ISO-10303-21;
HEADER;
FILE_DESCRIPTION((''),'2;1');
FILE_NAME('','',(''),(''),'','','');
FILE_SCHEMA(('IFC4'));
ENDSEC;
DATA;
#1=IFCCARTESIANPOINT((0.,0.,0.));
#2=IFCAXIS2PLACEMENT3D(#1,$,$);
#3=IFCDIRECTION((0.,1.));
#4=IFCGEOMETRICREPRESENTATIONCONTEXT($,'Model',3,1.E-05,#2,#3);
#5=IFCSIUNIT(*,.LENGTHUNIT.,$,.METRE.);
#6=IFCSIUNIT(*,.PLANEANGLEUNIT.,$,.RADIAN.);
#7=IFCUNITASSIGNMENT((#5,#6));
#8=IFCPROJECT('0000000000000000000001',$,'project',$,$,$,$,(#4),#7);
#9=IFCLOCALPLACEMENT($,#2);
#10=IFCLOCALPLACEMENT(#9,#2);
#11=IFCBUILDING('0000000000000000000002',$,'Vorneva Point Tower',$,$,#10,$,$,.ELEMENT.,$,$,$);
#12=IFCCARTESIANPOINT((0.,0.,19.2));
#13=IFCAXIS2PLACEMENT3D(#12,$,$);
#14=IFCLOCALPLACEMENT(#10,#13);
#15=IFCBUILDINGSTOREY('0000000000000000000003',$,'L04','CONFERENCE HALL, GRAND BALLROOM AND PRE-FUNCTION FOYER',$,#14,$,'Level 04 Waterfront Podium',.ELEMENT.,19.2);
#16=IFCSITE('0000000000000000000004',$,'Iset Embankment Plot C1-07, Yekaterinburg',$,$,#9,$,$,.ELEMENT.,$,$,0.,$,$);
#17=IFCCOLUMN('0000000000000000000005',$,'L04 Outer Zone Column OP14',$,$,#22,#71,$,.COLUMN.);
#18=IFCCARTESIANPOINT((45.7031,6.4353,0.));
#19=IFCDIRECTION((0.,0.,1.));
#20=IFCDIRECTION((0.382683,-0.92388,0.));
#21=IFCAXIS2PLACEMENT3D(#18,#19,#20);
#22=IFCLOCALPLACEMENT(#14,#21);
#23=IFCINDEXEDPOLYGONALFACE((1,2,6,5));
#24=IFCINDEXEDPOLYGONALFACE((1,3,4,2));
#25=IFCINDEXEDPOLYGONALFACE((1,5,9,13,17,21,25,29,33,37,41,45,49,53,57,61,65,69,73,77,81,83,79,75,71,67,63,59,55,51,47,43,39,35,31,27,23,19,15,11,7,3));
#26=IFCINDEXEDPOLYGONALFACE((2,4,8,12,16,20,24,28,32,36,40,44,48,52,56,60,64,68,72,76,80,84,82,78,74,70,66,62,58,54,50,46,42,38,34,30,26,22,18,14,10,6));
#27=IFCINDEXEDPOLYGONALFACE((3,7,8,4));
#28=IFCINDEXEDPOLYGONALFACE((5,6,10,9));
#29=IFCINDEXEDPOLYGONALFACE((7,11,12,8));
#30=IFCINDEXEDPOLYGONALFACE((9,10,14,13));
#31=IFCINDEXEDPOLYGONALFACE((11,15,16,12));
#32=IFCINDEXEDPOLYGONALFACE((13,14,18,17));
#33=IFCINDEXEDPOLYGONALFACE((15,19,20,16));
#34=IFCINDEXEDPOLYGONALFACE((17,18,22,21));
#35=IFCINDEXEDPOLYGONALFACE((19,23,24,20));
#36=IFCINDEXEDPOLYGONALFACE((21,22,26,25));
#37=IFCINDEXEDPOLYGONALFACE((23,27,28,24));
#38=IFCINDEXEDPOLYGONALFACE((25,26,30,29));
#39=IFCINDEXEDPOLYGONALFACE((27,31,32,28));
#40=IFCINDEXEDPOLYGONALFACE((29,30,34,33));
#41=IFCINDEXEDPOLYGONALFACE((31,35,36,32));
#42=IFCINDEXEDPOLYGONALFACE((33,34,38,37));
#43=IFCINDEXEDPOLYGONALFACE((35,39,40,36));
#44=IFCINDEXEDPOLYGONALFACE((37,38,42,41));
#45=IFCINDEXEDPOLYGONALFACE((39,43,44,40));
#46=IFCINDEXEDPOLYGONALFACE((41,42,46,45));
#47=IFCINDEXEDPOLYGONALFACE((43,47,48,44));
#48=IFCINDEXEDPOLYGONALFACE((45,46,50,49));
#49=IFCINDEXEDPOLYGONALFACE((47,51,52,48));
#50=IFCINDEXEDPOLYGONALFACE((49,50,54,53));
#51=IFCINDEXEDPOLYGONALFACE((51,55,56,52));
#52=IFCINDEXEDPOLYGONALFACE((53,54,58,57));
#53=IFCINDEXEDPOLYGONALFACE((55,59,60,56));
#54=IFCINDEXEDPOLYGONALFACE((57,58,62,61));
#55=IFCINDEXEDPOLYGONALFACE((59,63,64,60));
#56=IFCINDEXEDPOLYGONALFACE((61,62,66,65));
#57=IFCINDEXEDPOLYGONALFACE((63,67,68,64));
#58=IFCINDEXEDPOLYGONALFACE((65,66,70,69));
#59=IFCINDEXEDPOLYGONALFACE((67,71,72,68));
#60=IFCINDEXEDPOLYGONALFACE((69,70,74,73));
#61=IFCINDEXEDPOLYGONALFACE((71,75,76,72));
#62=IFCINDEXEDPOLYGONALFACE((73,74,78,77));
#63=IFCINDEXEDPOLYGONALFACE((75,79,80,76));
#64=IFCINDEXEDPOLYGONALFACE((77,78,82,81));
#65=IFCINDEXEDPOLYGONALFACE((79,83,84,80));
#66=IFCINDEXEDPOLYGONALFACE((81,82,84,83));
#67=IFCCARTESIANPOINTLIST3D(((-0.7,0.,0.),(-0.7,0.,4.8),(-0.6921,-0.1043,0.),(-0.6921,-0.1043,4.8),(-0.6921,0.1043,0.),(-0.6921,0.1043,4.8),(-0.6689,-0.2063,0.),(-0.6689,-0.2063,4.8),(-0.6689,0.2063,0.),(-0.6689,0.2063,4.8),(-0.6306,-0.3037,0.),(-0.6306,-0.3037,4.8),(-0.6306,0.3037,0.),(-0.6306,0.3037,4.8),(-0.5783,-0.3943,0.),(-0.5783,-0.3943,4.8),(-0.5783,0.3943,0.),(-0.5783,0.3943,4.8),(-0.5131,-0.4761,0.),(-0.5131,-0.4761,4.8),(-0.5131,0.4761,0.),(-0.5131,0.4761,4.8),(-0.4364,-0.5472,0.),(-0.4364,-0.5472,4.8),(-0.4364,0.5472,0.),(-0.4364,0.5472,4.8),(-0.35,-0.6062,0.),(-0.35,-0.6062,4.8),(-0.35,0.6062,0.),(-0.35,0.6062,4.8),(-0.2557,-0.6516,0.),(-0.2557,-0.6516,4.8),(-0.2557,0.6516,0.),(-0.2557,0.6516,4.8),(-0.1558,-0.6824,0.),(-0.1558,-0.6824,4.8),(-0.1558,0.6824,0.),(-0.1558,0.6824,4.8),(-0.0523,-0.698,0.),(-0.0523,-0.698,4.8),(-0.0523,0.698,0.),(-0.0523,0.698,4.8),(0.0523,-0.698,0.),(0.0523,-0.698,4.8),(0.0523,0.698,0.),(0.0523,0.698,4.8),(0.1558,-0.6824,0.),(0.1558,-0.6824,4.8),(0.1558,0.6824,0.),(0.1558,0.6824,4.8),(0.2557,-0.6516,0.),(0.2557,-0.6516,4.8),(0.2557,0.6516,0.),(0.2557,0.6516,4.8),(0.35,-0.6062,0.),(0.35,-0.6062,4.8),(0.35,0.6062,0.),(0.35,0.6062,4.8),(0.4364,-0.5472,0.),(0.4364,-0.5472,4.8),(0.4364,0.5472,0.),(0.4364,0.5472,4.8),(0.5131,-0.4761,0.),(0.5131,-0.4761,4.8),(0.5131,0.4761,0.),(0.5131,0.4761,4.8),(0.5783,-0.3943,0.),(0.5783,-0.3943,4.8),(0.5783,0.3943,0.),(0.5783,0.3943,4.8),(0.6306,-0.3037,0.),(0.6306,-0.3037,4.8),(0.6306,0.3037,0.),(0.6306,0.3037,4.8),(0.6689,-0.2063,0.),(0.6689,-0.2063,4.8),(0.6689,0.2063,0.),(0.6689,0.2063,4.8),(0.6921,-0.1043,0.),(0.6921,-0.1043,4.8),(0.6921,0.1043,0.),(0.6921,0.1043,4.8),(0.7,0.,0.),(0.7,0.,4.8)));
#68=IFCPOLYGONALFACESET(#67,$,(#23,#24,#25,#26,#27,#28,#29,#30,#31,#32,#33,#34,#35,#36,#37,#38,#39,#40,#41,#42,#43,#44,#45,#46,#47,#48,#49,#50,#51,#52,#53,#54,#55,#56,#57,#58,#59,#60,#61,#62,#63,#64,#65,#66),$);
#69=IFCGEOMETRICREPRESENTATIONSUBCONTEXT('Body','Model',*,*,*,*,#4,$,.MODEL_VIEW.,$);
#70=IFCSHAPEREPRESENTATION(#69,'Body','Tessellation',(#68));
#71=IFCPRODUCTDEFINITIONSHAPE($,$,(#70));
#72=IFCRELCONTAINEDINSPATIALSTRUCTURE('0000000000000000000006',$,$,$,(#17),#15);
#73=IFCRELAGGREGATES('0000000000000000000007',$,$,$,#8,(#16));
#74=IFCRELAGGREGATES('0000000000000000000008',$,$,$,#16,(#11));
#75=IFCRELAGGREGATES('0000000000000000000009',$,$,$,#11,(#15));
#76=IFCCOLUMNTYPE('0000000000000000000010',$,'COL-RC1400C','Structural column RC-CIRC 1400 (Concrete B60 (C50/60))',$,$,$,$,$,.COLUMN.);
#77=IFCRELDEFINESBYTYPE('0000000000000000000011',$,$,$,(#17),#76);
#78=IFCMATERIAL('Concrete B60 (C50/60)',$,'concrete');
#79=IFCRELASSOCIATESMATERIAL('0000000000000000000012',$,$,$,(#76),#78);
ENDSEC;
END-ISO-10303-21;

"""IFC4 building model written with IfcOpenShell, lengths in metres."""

from ifc_helpers import new_model, si_unit, direction, frame, origin, origin_2d, place, context, subcontext, project, spatial, circle, extrude, material, material_profile, profile_set, type_object, element, save


model = new_model("IFC4")

# Units and contexts
model_context = context("Model", 3, precision=1e-05, world=origin(), true_north=direction((0.0, 1.0)))
body_context = subcontext(model_context, "Body", "Model", "MODEL_VIEW")
ifc_project = project(units=[si_unit("LENGTHUNIT", "METRE"), si_unit("PLANEANGLEUNIT", "RADIAN")], contexts=[model_context])

# Site, building, storey
site_placement = place(None, origin())
site = spatial("IfcSite", under=ifc_project, at=site_placement, Name="Iset Embankment Plot C1-07, Yekaterinburg", CompositionType="ELEMENT", RefElevation=0.0)
building_placement = place(site_placement, origin())
building = spatial("IfcBuilding", under=site, at=building_placement, Name="Vorneva Point Tower", CompositionType="ELEMENT")
storey_placement = place(building_placement, frame((0.0, 0.0, 19.2)))
storey = spatial("IfcBuildingStorey", under=building, at=storey_placement, Name="L04", Description="CONFERENCE HALL, GRAND BALLROOM AND PRE-FUNCTION FOYER", LongName="Level 04 Waterfront Podium", CompositionType="ELEMENT", Elevation=19.2)

# Column
ifc_material_1 = material(Name="Concrete B60 (C50/60)", Category="concrete")
ifc_material_profile_1 = material_profile(ifc_material_1, circle(Radius=0.7, at=origin_2d()), Name="RC-CIRC 1400")
ifc_profile_set_1 = profile_set([ifc_material_profile_1], Name="Concrete B60 (C50/60)")
column_type = type_object("IfcColumnType", Name="COL-RC1400C", Description="Structural column RC-CIRC 1400 (Concrete B60 (C50/60))", PredefinedType="COLUMN", material=ifc_profile_set_1)
for number, where, z_axis, x_axis, name in (
    (1, (45.7031, 6.4353, 0.0), (0.0, 0.0, 1.0), (0.382683, -0.92388, 0.0), "L04 Outer Zone Column OP14"),
):
    element("IfcColumn", number, at=place(storey_placement, frame(where, z_axis=z_axis, x_axis=x_axis)), inside=storey, type_object=column_type, Name=name, PredefinedType="COLUMN", context=body_context, shape_type="SweptSolid", body=[
        extrude(circle(Radius=0.7, at=origin_2d()), origin(), (0.0, 0.0, 1.0), 4.8),
    ])

save(model, "model.ifc")
